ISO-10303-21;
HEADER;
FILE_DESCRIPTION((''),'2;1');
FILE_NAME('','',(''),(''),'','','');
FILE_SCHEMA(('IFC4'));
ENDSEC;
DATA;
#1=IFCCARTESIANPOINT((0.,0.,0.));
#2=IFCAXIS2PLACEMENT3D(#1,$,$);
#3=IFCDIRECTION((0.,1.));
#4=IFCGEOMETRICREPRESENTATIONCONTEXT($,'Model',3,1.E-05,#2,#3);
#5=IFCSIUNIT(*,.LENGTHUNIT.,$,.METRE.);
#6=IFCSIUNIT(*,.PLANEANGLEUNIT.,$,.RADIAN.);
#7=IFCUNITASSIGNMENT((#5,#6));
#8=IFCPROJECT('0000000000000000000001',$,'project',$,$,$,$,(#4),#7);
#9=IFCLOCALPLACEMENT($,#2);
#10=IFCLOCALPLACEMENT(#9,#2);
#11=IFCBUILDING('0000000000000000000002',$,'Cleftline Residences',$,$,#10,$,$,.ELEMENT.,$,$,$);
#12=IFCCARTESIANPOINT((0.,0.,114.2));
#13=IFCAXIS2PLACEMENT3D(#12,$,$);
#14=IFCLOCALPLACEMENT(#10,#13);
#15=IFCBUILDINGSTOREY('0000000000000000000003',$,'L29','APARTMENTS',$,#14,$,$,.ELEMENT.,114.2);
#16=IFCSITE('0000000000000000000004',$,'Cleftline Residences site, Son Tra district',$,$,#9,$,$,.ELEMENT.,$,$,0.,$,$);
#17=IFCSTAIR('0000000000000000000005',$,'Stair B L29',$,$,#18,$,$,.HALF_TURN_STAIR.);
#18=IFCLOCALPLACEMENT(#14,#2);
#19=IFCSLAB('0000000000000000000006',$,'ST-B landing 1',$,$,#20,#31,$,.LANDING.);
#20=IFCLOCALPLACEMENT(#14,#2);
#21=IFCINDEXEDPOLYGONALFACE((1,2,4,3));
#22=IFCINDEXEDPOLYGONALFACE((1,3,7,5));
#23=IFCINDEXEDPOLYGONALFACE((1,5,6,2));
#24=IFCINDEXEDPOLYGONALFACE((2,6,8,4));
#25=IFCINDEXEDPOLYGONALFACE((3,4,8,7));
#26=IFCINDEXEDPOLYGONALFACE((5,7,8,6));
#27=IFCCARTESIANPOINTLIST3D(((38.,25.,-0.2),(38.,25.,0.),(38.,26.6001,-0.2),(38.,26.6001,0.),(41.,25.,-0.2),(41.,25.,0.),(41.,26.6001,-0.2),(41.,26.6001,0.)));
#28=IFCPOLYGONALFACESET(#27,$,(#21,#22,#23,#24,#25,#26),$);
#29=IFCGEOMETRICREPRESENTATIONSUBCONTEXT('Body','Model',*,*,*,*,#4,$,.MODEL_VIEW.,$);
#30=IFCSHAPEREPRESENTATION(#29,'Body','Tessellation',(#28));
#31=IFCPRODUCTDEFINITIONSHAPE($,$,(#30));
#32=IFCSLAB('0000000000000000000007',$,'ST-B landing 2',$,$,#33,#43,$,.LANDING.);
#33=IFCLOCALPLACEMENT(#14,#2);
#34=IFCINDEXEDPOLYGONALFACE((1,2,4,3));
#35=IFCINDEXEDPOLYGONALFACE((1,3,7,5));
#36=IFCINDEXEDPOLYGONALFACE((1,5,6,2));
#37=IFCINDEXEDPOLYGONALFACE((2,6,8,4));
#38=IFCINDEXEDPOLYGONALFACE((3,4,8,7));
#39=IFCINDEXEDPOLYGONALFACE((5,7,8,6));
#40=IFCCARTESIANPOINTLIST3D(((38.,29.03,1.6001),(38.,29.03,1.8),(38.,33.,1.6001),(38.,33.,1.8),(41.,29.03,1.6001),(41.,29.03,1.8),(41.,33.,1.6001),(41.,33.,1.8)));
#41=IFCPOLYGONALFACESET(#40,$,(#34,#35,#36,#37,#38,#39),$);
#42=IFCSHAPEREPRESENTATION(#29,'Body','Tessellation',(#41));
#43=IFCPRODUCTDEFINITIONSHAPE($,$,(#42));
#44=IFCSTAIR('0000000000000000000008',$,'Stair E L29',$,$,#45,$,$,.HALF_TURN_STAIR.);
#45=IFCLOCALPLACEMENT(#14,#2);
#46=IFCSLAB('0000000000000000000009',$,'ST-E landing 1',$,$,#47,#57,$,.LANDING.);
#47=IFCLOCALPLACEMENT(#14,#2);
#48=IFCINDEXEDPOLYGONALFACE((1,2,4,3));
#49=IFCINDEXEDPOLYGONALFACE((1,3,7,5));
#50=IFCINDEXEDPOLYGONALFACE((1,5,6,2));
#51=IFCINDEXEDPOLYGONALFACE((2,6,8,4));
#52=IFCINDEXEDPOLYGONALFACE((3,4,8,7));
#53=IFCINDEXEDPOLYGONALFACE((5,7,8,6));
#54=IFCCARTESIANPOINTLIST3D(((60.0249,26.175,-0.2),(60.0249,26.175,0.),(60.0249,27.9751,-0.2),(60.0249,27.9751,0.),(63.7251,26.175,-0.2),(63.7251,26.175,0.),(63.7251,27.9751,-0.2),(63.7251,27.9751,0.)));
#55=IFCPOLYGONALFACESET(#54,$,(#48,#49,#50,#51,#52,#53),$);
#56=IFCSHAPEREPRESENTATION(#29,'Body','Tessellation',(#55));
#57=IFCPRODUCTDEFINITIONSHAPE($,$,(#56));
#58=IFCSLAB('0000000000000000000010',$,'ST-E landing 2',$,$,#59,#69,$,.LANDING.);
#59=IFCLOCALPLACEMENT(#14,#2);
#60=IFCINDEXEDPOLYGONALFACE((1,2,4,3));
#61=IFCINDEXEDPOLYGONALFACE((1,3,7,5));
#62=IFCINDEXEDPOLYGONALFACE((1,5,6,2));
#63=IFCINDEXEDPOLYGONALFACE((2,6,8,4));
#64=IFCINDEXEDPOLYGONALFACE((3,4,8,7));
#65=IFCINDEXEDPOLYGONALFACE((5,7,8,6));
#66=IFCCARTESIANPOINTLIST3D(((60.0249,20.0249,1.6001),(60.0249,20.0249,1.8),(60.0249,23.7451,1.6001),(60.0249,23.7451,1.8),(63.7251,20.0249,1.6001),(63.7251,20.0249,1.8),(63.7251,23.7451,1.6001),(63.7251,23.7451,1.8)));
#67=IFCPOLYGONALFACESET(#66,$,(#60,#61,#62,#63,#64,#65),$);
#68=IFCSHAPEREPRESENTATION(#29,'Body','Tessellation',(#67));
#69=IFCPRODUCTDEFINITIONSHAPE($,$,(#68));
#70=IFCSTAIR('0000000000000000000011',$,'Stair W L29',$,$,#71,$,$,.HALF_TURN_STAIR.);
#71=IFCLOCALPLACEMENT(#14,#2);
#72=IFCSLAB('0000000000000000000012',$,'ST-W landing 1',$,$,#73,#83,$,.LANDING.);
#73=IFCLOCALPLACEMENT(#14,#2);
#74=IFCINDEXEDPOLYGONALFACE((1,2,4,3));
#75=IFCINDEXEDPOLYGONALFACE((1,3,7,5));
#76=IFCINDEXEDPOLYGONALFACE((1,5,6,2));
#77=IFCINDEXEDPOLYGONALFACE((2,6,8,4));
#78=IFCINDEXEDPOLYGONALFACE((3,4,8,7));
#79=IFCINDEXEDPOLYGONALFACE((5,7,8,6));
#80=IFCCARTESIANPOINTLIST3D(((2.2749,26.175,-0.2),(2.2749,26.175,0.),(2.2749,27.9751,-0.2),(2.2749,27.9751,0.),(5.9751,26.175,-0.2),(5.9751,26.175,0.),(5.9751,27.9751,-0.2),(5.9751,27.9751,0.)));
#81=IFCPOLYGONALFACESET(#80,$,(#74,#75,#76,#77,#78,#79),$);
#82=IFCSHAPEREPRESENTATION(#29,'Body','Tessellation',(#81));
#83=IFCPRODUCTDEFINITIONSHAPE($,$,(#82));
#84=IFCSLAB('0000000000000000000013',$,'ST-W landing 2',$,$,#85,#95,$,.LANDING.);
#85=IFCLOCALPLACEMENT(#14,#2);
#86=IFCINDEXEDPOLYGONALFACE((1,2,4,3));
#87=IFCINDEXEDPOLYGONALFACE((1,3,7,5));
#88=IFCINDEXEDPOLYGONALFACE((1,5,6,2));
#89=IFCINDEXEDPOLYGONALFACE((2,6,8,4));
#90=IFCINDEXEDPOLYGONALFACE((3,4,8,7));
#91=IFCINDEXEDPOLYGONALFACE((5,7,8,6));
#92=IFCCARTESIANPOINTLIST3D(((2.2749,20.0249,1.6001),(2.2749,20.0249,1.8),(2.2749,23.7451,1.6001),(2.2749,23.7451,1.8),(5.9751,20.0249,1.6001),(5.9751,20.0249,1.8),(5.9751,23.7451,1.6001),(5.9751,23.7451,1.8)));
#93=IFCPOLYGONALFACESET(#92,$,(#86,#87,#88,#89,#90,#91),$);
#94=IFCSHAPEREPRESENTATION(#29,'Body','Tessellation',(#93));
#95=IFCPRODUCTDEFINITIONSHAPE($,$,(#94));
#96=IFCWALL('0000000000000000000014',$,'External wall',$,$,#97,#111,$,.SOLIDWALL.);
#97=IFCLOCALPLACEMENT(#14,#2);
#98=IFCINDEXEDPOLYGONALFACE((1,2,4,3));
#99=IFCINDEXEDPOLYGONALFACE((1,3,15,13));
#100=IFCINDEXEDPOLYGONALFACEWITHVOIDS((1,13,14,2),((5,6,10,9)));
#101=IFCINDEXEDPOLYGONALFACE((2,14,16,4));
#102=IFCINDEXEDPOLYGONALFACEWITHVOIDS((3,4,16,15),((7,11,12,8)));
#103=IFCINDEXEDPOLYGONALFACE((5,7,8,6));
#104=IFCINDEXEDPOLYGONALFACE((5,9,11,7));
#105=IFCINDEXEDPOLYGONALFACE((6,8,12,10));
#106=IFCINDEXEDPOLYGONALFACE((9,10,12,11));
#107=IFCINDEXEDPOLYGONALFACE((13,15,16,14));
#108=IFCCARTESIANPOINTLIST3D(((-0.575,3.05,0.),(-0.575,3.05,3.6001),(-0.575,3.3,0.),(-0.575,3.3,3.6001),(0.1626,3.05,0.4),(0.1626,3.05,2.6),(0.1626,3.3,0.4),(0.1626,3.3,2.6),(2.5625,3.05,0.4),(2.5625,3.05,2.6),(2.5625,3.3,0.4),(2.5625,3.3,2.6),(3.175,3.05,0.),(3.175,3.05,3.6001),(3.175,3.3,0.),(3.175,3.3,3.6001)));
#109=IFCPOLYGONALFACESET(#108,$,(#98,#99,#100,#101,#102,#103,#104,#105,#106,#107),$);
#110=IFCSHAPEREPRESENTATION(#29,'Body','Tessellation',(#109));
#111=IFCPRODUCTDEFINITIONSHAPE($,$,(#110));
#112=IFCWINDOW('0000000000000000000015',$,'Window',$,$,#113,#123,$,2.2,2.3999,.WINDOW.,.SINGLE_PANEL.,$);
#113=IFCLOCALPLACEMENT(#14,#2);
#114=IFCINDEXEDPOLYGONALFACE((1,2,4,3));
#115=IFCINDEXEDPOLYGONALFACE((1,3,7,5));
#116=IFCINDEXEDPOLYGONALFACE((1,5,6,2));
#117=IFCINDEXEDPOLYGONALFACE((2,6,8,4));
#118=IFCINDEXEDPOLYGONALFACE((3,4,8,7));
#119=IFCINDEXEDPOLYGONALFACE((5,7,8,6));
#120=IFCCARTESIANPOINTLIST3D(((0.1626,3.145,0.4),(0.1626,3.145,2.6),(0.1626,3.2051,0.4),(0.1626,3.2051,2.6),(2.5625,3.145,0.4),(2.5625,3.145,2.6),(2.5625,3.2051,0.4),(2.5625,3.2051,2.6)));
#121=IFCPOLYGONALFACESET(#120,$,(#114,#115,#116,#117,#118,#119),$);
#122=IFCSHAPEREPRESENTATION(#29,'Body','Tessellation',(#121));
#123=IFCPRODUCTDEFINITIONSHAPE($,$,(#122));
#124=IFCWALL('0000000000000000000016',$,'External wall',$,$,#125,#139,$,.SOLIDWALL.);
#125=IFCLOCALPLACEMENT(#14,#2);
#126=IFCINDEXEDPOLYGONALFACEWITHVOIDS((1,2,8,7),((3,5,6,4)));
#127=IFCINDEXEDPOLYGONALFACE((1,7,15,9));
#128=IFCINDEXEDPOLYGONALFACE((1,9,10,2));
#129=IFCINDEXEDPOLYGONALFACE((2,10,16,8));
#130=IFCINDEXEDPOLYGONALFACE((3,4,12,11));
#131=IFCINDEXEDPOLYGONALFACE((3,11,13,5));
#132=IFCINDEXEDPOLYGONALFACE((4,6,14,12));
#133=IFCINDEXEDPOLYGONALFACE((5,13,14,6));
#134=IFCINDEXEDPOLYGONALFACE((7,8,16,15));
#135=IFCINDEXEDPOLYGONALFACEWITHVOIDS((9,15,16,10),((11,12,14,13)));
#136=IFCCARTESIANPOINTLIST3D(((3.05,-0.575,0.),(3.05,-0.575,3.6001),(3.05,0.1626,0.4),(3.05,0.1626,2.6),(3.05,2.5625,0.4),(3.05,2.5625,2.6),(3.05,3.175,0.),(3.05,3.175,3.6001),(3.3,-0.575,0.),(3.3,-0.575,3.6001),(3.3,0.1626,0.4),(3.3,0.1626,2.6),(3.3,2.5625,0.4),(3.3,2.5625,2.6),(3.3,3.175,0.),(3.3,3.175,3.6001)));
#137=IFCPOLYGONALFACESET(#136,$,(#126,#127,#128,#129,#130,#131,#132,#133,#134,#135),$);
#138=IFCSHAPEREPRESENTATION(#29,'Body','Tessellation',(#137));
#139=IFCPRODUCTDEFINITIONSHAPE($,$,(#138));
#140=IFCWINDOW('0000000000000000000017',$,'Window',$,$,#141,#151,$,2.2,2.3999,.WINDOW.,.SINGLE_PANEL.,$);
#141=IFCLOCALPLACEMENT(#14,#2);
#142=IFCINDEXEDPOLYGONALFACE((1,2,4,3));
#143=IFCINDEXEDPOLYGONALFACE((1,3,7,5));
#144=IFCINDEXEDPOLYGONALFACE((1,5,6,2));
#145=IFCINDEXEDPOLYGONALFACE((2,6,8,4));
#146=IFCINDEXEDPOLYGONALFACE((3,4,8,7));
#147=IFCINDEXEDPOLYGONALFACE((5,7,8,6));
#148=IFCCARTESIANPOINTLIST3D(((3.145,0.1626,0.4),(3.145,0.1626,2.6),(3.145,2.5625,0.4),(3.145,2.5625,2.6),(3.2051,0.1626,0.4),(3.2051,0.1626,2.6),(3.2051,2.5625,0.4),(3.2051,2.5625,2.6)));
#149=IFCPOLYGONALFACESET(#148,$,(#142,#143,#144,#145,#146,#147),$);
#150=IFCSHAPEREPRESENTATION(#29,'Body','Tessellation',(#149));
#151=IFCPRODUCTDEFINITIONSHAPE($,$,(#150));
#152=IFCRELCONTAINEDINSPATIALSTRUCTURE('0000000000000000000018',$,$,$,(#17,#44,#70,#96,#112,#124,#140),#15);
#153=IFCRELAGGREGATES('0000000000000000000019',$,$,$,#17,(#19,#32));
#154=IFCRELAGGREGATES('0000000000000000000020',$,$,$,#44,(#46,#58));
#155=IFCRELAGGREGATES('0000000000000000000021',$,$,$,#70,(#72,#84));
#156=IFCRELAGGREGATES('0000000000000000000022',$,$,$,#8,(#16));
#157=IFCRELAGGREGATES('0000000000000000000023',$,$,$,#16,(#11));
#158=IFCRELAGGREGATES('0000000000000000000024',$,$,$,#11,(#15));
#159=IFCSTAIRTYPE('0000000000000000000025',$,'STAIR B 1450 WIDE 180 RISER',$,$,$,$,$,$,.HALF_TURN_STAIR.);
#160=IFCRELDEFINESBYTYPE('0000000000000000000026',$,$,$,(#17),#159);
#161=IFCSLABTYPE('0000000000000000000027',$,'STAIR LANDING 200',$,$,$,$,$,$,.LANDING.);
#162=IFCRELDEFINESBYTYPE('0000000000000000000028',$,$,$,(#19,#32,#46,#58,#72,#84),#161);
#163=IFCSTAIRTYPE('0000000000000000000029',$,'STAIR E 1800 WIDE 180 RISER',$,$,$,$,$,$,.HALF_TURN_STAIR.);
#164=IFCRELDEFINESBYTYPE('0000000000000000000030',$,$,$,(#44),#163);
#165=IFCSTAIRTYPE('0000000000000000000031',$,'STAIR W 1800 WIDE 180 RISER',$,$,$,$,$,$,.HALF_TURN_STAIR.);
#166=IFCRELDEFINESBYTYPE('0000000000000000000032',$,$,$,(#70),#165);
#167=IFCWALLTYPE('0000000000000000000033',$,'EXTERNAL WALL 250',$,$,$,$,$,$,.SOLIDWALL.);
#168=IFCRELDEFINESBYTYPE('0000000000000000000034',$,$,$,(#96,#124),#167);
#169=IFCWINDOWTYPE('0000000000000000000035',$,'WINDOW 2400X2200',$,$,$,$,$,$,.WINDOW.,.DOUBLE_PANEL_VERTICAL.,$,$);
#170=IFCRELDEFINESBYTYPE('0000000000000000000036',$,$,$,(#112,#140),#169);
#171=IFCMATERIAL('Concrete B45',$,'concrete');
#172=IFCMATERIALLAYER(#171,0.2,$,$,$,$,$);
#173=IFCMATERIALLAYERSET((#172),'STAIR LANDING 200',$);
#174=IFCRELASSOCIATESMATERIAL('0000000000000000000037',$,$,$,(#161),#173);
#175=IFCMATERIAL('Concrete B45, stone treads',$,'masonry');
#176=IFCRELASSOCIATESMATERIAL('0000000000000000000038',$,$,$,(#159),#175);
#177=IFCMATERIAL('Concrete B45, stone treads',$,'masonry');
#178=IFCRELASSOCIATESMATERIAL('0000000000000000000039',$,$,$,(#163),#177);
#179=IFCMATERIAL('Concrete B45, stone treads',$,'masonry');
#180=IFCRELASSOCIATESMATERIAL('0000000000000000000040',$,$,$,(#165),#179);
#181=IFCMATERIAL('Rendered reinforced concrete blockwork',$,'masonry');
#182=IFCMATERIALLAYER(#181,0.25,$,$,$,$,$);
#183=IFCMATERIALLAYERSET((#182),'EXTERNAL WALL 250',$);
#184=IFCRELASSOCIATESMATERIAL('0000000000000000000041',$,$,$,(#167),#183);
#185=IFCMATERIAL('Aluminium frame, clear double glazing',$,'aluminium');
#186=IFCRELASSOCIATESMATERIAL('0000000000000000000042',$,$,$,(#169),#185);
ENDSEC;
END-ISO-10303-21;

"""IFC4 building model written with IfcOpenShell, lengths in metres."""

from ifc_helpers import new_model, si_unit, direction, frame, frame_2d, origin, place, context, subcontext, project, spatial, polyline, rectangle, outline, extrude, material, layer, layer_set, type_object, element, fill, aggregate, save


model = new_model("IFC4")

# Units and contexts
model_context = context("Model", 3, precision=1e-05, world=origin(), true_north=direction((0.0, 1.0)))
body_context = subcontext(model_context, "Body", "Model", "MODEL_VIEW")
ifc_project = project(units=[si_unit("LENGTHUNIT", "METRE"), si_unit("PLANEANGLEUNIT", "RADIAN")], contexts=[model_context])

# Site, building, storey
site_placement = place(None, origin())
site = spatial("IfcSite", under=ifc_project, at=site_placement, Name="Cleftline Residences site, Son Tra district", CompositionType="ELEMENT", RefElevation=0.0)
building_placement = place(site_placement, origin())
building = spatial("IfcBuilding", under=site, at=building_placement, Name="Cleftline Residences", CompositionType="ELEMENT")
storey_placement = place(building_placement, frame((0.0, 0.0, 114.2)))
storey = spatial("IfcBuildingStorey", under=building, at=storey_placement, Name="L29", Description="APARTMENTS", CompositionType="ELEMENT", Elevation=114.2)

# Stairs, slabs
ifc_material_1 = material(Name="Concrete B45", Category="concrete")
ifc_layer_1 = layer(ifc_material_1, 0.2)
ifc_layer_set_1 = layer_set([ifc_layer_1], Name="STAIR LANDING 200")
slab_type_1 = type_object("IfcSlabType", Name="STAIR LANDING 200", PredefinedType="LANDING", material=ifc_layer_set_1)
ifc_material_2 = material(Name="Concrete B45, stone treads", Category="masonry")
stair_type_1 = type_object("IfcStairType", Name="STAIR B 1450 WIDE 180 RISER", PredefinedType="HALF_TURN_STAIR", material=ifc_material_2)
stair_1_placement = place(storey_placement, origin())
stair_1 = element("IfcStair", 1, at=stair_1_placement, inside=storey, type_object=stair_type_1, Name="Stair B L29", PredefinedType="HALF_TURN_STAIR")
slab_1_placement = place(storey_placement, frame((0.0, 0.0, -0.2)))
slab_1 = element("IfcSlab", 2, at=slab_1_placement, type_object=slab_type_1, Name="ST-B landing 1", PredefinedType="LANDING", context=body_context, shape_type="SweptSolid", body=[
    extrude(outline(polyline([(38.0, 25.0), (41.0, 25.0), (41.0, 26.6001), (38.0, 26.6001), (38.0, 25.0)])), origin(), (0.0, 0.0, 1.0), 0.2),
])
slab_2_placement = place(storey_placement, frame((0.0, 0.0, 1.6001)))
slab_2 = element("IfcSlab", 3, at=slab_2_placement, type_object=slab_type_1, Name="ST-B landing 2", PredefinedType="LANDING", context=body_context, shape_type="SweptSolid", body=[
    extrude(outline(polyline([(38.0, 29.03), (41.0, 29.03), (41.0, 33.0), (38.0, 33.0), (38.0, 29.03)])), origin(), (0.0, 0.0, 1.0), 0.2),
])
aggregate(stair_1, [slab_1, slab_2])
ifc_material_3 = material(Name="Concrete B45, stone treads", Category="masonry")
stair_type_2 = type_object("IfcStairType", Name="STAIR E 1800 WIDE 180 RISER", PredefinedType="HALF_TURN_STAIR", material=ifc_material_3)
stair_2_placement = place(storey_placement, origin())
stair_2 = element("IfcStair", 4, at=stair_2_placement, inside=storey, type_object=stair_type_2, Name="Stair E L29", PredefinedType="HALF_TURN_STAIR")
slab_3_placement = place(storey_placement, frame((0.0, 0.0, -0.2)))
slab_3 = element("IfcSlab", 5, at=slab_3_placement, type_object=slab_type_1, Name="ST-E landing 1", PredefinedType="LANDING", context=body_context, shape_type="SweptSolid", body=[
    extrude(outline(polyline([(60.0249, 26.175), (63.7251, 26.175), (63.7251, 27.9751), (60.0249, 27.9751), (60.0249, 26.175)])), origin(), (0.0, 0.0, 1.0), 0.2),
])
slab_4_placement = place(storey_placement, frame((0.0, 0.0, 1.6001)))
slab_4 = element("IfcSlab", 6, at=slab_4_placement, type_object=slab_type_1, Name="ST-E landing 2", PredefinedType="LANDING", context=body_context, shape_type="SweptSolid", body=[
    extrude(outline(polyline([(60.0249, 20.0249), (63.7251, 20.0249), (63.7251, 23.7451), (60.0249, 23.7451), (60.0249, 20.0249)])), origin(), (0.0, 0.0, 1.0), 0.2),
])
aggregate(stair_2, [slab_3, slab_4])
ifc_material_4 = material(Name="Concrete B45, stone treads", Category="masonry")
stair_type_3 = type_object("IfcStairType", Name="STAIR W 1800 WIDE 180 RISER", PredefinedType="HALF_TURN_STAIR", material=ifc_material_4)
stair_3_placement = place(storey_placement, origin())
stair_3 = element("IfcStair", 7, at=stair_3_placement, inside=storey, type_object=stair_type_3, Name="Stair W L29", PredefinedType="HALF_TURN_STAIR")
slab_5_placement = place(storey_placement, frame((0.0, 0.0, -0.2)))
slab_5 = element("IfcSlab", 8, at=slab_5_placement, type_object=slab_type_1, Name="ST-W landing 1", PredefinedType="LANDING", context=body_context, shape_type="SweptSolid", body=[
    extrude(outline(polyline([(2.2749, 26.175), (5.9751, 26.175), (5.9751, 27.9751), (2.2749, 27.9751), (2.2749, 26.175)])), origin(), (0.0, 0.0, 1.0), 0.2),
])
slab_6_placement = place(storey_placement, frame((0.0, 0.0, 1.6001)))
slab_6 = element("IfcSlab", 9, at=slab_6_placement, type_object=slab_type_1, Name="ST-W landing 2", PredefinedType="LANDING", context=body_context, shape_type="SweptSolid", body=[
    extrude(outline(polyline([(2.2749, 20.0249), (5.9751, 20.0249), (5.9751, 23.7451), (2.2749, 23.7451), (2.2749, 20.0249)])), origin(), (0.0, 0.0, 1.0), 0.2),
])
aggregate(stair_3, [slab_5, slab_6])

# Walls, openings, windows
ifc_material_5 = material(Name="Rendered reinforced concrete blockwork", Category="masonry")
ifc_layer_2 = layer(ifc_material_5, 0.25)
ifc_layer_set_2 = layer_set([ifc_layer_2], Name="EXTERNAL WALL 250")
wall_type_1 = type_object("IfcWallType", Name="EXTERNAL WALL 250", PredefinedType="SOLIDWALL", material=ifc_layer_set_2)
wall_1_placement = place(storey_placement, frame((-0.575, 3.175, 0.0), z_axis=(0.0, 0.0, 1.0), x_axis=(1.0, 0.0, 0.0)))
wall_1 = element("IfcWall", 10, at=wall_1_placement, inside=storey, type_object=wall_type_1, Name="External wall", PredefinedType="SOLIDWALL", context=body_context, shape_type="SweptSolid", body=[
    extrude(rectangle(XDim=3.75, YDim=0.25, at=frame_2d((1.875, 0.0))), origin(), (0.0, 0.0, 1.0), 3.6001),
])
opening_1_placement = place(wall_1_placement, frame((0.7375, 0.0, 0.3999)))
opening_1 = element("IfcOpeningElement", 11, at=opening_1_placement, cuts=wall_1, PredefinedType="OPENING", context=body_context, shape_type="SweptSolid", body=[
    extrude(rectangle(XDim=2.3999, YDim=2.2, at=frame_2d((1.2, 1.1001))), frame((0.0, 0.135, 0.0), z_axis=(0.0, -1.0, 0.0), x_axis=(1.0, 0.0, 0.0)), (0.0, 0.0, 1.0), 0.27),
])
ifc_material_6 = material(Name="Aluminium frame, clear double glazing", Category="aluminium")
window_type_1 = type_object("IfcWindowType", Name="WINDOW 2400X2200", PartitioningType="DOUBLE_PANEL_VERTICAL", PredefinedType="WINDOW", material=ifc_material_6)
window_1_placement = place(opening_1_placement, origin())
window_1 = element("IfcWindow", 12, at=window_1_placement, inside=storey, type_object=window_type_1, Name="Window", OverallHeight=2.2, OverallWidth=2.3999, PartitioningType="SINGLE_PANEL", PredefinedType="WINDOW", context=body_context, shape_type="SweptSolid", body=[
    extrude(rectangle(XDim=2.3999, YDim=2.2, at=frame_2d((1.2, 1.1001))), frame((0.0, 0.03, 0.0), z_axis=(0.0, -1.0, 0.0), x_axis=(1.0, 0.0, 0.0)), (0.0, 0.0, 1.0), 0.0601),
])
fill(opening_1, window_1)
wall_2_placement = place(storey_placement, frame((3.175, 3.175, 0.0), z_axis=(0.0, 0.0, 1.0), x_axis=(0.0, -1.0, 0.0)))
wall_2 = element("IfcWall", 13, at=wall_2_placement, inside=storey, type_object=wall_type_1, Name="External wall", PredefinedType="SOLIDWALL", context=body_context, shape_type="SweptSolid", body=[
    extrude(rectangle(XDim=3.75, YDim=0.25, at=frame_2d((1.875, 0.0))), origin(), (0.0, 0.0, 1.0), 3.6001),
])
opening_2_placement = place(wall_2_placement, frame((0.6125, 0.0, 0.3999)))
opening_2 = element("IfcOpeningElement", 14, at=opening_2_placement, cuts=wall_2, PredefinedType="OPENING", context=body_context, shape_type="SweptSolid", body=[
    extrude(rectangle(XDim=2.3999, YDim=2.2, at=frame_2d((1.2, 1.1001))), frame((0.0, 0.135, 0.0), z_axis=(0.0, -1.0, 0.0), x_axis=(1.0, 0.0, 0.0)), (0.0, 0.0, 1.0), 0.27),
])
window_2_placement = place(opening_2_placement, origin())
window_2 = element("IfcWindow", 15, at=window_2_placement, inside=storey, type_object=window_type_1, Name="Window", OverallHeight=2.2, OverallWidth=2.3999, PartitioningType="SINGLE_PANEL", PredefinedType="WINDOW", context=body_context, shape_type="SweptSolid", body=[
    extrude(rectangle(XDim=2.3999, YDim=2.2, at=frame_2d((1.2, 1.1001))), frame((0.0, 0.03, 0.0), z_axis=(0.0, -1.0, 0.0), x_axis=(1.0, 0.0, 0.0)), (0.0, 0.0, 1.0), 0.0601),
])
fill(opening_2, window_2)

save(model, "model.ifc")
